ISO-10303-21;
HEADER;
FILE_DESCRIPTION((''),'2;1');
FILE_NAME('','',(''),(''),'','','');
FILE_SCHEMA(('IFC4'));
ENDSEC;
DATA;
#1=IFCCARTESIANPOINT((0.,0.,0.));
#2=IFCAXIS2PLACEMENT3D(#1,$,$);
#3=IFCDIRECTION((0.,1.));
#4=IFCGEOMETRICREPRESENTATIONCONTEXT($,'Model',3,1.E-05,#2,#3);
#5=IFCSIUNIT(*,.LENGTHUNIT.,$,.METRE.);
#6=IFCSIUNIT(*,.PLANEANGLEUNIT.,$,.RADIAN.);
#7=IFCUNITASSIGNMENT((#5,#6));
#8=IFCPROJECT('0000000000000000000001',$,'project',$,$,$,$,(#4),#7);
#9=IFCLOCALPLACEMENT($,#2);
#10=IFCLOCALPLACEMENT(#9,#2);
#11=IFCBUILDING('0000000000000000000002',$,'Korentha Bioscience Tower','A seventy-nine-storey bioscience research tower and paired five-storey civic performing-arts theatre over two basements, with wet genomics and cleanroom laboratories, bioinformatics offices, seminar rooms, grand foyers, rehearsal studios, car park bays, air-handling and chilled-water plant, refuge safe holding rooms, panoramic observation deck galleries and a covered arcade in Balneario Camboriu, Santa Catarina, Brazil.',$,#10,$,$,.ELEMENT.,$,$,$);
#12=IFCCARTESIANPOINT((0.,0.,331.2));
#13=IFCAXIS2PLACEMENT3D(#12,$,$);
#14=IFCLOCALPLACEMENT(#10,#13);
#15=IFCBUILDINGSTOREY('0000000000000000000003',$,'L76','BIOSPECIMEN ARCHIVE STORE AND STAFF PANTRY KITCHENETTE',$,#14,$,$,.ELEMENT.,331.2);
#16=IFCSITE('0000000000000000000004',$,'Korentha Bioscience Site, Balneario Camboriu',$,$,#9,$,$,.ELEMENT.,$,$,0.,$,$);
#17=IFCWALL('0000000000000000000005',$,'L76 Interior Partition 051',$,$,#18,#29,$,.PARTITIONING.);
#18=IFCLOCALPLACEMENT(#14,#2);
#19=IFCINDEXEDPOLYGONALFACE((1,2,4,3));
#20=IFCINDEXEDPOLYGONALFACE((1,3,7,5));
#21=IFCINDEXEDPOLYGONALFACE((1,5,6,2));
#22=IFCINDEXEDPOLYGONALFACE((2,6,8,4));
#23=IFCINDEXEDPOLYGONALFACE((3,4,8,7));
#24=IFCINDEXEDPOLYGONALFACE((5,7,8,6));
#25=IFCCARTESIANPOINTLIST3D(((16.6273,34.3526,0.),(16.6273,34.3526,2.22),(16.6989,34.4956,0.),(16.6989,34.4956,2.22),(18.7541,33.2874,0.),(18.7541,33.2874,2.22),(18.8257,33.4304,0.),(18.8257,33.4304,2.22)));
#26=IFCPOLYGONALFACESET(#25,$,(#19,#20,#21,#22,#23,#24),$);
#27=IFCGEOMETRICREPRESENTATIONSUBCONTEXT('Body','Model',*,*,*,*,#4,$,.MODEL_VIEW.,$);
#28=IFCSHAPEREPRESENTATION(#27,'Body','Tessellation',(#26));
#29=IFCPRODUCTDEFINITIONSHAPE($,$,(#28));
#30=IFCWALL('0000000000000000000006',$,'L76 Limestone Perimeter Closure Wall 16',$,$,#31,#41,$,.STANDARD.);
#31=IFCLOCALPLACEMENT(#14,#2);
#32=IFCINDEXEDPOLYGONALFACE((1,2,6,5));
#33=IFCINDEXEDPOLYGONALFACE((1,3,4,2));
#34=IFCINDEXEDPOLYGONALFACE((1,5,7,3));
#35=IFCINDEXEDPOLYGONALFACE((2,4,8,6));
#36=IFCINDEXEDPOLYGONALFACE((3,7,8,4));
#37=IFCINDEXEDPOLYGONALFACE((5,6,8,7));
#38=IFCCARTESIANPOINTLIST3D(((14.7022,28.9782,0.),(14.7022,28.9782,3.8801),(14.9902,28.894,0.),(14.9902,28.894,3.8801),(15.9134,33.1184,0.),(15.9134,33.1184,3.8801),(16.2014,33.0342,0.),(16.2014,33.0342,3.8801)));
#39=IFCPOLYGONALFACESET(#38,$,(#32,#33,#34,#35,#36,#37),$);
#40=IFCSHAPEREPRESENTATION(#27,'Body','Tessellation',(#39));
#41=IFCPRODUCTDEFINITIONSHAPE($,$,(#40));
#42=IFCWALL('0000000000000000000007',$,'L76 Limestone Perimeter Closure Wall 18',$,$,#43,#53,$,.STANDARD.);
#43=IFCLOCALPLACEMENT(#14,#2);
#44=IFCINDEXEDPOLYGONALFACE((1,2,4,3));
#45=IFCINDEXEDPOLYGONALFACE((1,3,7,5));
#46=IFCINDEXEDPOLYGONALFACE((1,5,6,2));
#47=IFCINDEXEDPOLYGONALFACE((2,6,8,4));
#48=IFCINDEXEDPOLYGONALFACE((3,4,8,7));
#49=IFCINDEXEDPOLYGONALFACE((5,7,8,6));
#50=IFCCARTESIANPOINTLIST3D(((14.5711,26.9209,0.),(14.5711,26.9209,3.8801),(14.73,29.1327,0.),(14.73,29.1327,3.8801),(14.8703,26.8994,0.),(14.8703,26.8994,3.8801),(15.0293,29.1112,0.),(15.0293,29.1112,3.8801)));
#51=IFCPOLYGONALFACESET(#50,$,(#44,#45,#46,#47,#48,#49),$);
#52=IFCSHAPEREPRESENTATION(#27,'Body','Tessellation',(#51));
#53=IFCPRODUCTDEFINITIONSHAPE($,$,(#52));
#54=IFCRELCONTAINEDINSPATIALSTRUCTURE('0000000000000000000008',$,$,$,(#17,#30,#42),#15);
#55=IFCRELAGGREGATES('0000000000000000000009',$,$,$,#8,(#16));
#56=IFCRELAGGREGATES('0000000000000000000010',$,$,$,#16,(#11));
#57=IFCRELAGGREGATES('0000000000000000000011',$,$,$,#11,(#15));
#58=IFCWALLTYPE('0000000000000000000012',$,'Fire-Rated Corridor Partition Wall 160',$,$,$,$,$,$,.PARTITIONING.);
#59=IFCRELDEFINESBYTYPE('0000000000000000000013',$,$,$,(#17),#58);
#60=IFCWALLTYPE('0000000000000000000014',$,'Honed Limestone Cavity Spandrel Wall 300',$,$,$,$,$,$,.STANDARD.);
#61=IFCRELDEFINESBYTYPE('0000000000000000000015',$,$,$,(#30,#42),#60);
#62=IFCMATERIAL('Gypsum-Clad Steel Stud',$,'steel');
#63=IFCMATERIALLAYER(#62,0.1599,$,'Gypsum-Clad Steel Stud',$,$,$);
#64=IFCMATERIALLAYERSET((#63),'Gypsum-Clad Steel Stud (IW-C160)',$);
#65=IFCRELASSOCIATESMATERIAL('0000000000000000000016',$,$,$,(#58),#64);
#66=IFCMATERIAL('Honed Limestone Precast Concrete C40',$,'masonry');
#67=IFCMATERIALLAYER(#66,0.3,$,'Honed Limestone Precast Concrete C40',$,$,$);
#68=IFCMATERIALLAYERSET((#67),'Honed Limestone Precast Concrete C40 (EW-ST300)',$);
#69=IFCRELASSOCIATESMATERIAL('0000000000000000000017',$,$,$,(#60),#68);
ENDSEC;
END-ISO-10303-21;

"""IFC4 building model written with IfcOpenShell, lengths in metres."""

from ifc_helpers import new_model, si_unit, direction, frame, frame_2d, origin, place, context, subcontext, project, spatial, rectangle, extrude, material, layer, layer_set, type_object, element, save


model = new_model("IFC4")

# Units and contexts
model_context = context("Model", 3, precision=1e-05, world=origin(), true_north=direction((0.0, 1.0)))
body_context = subcontext(model_context, "Body", "Model", "MODEL_VIEW")
ifc_project = project(units=[si_unit("LENGTHUNIT", "METRE"), si_unit("PLANEANGLEUNIT", "RADIAN")], contexts=[model_context])

# Site, building, storey
site_placement = place(None, origin())
site = spatial("IfcSite", under=ifc_project, at=site_placement, Name="Korentha Bioscience Site, Balneario Camboriu", CompositionType="ELEMENT", RefElevation=0.0)
building_placement = place(site_placement, origin())
building = spatial("IfcBuilding", under=site, at=building_placement, Name="Korentha Bioscience Tower", Description="A seventy-nine-storey bioscience research tower and paired five-storey civic performing-arts theatre over two basements, with wet genomics and cleanroom laboratories, bioinformatics offices, seminar rooms, grand foyers, rehearsal studios, car park bays, air-handling and chilled-water plant, refuge safe holding rooms, panoramic observation deck galleries and a covered arcade in Balneario Camboriu, Santa Catarina, Brazil.", CompositionType="ELEMENT")
storey_placement = place(building_placement, frame((0.0, 0.0, 331.2)))
storey = spatial("IfcBuildingStorey", under=building, at=storey_placement, Name="L76", Description="BIOSPECIMEN ARCHIVE STORE AND STAFF PANTRY KITCHENETTE", CompositionType="ELEMENT", Elevation=331.2)

# Walls
ifc_material_1 = material(Name="Gypsum-Clad Steel Stud", Category="steel")
ifc_layer_1 = layer(ifc_material_1, 0.1599, Name="Gypsum-Clad Steel Stud")
ifc_layer_set_1 = layer_set([ifc_layer_1], Name="Gypsum-Clad Steel Stud (IW-C160)")
wall_type_1 = type_object("IfcWallType", Name="Fire-Rated Corridor Partition Wall 160", PredefinedType="PARTITIONING", material=ifc_layer_set_1)
wall_1_placement = place(storey_placement, frame((18.79, 33.3589, 0.0), z_axis=(0.0, 0.0, 1.0), x_axis=(-0.89414, 0.447788, 0.0)))
element("IfcWall", 1, at=wall_1_placement, inside=storey, type_object=wall_type_1, Name="L76 Interior Partition 051", PredefinedType="PARTITIONING", context=body_context, shape_type="SweptSolid", body=[
    extrude(rectangle(XDim=2.3787, YDim=0.1599, at=frame_2d((1.1895, 0.0))), origin(), (0.0, 0.0, 1.0), 2.22),
])
ifc_material_2 = material(Name="Honed Limestone Precast Concrete C40", Category="masonry")
ifc_layer_2 = layer(ifc_material_2, 0.3, Name="Honed Limestone Precast Concrete C40")
ifc_layer_set_2 = layer_set([ifc_layer_2], Name="Honed Limestone Precast Concrete C40 (EW-ST300)")
wall_type_2 = type_object("IfcWallType", Name="Honed Limestone Cavity Spandrel Wall 300", PredefinedType="STANDARD", material=ifc_layer_set_2)
wall_2_placement = place(storey_placement, frame((16.0574, 33.0762, 0.0), z_axis=(0.0, 0.0, 1.0), x_axis=(-0.280778, -0.959773, 0.0)))
element("IfcWall", 2, at=wall_2_placement, inside=storey, type_object=wall_type_2, Name="L76 Limestone Perimeter Closure Wall 16", PredefinedType="STANDARD", context=body_context, shape_type="SweptSolid", body=[
    extrude(rectangle(XDim=4.3137, YDim=0.3, at=frame_2d((2.1567, 0.0))), origin(), (0.0, 0.0, 1.0), 3.8801),
])
wall_3_placement = place(storey_placement, frame((14.8796, 29.1221, 0.0), z_axis=(0.0, 0.0, 1.0), x_axis=(-0.07167, -0.997428, 0.0)))
element("IfcWall", 3, at=wall_3_placement, inside=storey, type_object=wall_type_2, Name="L76 Limestone Perimeter Closure Wall 18", PredefinedType="STANDARD", context=body_context, shape_type="SweptSolid", body=[
    extrude(rectangle(XDim=2.2175, YDim=0.3, at=frame_2d((1.1089, 0.0))), origin(), (0.0, 0.0, 1.0), 3.8801),
])

save(model, "model.ifc")
